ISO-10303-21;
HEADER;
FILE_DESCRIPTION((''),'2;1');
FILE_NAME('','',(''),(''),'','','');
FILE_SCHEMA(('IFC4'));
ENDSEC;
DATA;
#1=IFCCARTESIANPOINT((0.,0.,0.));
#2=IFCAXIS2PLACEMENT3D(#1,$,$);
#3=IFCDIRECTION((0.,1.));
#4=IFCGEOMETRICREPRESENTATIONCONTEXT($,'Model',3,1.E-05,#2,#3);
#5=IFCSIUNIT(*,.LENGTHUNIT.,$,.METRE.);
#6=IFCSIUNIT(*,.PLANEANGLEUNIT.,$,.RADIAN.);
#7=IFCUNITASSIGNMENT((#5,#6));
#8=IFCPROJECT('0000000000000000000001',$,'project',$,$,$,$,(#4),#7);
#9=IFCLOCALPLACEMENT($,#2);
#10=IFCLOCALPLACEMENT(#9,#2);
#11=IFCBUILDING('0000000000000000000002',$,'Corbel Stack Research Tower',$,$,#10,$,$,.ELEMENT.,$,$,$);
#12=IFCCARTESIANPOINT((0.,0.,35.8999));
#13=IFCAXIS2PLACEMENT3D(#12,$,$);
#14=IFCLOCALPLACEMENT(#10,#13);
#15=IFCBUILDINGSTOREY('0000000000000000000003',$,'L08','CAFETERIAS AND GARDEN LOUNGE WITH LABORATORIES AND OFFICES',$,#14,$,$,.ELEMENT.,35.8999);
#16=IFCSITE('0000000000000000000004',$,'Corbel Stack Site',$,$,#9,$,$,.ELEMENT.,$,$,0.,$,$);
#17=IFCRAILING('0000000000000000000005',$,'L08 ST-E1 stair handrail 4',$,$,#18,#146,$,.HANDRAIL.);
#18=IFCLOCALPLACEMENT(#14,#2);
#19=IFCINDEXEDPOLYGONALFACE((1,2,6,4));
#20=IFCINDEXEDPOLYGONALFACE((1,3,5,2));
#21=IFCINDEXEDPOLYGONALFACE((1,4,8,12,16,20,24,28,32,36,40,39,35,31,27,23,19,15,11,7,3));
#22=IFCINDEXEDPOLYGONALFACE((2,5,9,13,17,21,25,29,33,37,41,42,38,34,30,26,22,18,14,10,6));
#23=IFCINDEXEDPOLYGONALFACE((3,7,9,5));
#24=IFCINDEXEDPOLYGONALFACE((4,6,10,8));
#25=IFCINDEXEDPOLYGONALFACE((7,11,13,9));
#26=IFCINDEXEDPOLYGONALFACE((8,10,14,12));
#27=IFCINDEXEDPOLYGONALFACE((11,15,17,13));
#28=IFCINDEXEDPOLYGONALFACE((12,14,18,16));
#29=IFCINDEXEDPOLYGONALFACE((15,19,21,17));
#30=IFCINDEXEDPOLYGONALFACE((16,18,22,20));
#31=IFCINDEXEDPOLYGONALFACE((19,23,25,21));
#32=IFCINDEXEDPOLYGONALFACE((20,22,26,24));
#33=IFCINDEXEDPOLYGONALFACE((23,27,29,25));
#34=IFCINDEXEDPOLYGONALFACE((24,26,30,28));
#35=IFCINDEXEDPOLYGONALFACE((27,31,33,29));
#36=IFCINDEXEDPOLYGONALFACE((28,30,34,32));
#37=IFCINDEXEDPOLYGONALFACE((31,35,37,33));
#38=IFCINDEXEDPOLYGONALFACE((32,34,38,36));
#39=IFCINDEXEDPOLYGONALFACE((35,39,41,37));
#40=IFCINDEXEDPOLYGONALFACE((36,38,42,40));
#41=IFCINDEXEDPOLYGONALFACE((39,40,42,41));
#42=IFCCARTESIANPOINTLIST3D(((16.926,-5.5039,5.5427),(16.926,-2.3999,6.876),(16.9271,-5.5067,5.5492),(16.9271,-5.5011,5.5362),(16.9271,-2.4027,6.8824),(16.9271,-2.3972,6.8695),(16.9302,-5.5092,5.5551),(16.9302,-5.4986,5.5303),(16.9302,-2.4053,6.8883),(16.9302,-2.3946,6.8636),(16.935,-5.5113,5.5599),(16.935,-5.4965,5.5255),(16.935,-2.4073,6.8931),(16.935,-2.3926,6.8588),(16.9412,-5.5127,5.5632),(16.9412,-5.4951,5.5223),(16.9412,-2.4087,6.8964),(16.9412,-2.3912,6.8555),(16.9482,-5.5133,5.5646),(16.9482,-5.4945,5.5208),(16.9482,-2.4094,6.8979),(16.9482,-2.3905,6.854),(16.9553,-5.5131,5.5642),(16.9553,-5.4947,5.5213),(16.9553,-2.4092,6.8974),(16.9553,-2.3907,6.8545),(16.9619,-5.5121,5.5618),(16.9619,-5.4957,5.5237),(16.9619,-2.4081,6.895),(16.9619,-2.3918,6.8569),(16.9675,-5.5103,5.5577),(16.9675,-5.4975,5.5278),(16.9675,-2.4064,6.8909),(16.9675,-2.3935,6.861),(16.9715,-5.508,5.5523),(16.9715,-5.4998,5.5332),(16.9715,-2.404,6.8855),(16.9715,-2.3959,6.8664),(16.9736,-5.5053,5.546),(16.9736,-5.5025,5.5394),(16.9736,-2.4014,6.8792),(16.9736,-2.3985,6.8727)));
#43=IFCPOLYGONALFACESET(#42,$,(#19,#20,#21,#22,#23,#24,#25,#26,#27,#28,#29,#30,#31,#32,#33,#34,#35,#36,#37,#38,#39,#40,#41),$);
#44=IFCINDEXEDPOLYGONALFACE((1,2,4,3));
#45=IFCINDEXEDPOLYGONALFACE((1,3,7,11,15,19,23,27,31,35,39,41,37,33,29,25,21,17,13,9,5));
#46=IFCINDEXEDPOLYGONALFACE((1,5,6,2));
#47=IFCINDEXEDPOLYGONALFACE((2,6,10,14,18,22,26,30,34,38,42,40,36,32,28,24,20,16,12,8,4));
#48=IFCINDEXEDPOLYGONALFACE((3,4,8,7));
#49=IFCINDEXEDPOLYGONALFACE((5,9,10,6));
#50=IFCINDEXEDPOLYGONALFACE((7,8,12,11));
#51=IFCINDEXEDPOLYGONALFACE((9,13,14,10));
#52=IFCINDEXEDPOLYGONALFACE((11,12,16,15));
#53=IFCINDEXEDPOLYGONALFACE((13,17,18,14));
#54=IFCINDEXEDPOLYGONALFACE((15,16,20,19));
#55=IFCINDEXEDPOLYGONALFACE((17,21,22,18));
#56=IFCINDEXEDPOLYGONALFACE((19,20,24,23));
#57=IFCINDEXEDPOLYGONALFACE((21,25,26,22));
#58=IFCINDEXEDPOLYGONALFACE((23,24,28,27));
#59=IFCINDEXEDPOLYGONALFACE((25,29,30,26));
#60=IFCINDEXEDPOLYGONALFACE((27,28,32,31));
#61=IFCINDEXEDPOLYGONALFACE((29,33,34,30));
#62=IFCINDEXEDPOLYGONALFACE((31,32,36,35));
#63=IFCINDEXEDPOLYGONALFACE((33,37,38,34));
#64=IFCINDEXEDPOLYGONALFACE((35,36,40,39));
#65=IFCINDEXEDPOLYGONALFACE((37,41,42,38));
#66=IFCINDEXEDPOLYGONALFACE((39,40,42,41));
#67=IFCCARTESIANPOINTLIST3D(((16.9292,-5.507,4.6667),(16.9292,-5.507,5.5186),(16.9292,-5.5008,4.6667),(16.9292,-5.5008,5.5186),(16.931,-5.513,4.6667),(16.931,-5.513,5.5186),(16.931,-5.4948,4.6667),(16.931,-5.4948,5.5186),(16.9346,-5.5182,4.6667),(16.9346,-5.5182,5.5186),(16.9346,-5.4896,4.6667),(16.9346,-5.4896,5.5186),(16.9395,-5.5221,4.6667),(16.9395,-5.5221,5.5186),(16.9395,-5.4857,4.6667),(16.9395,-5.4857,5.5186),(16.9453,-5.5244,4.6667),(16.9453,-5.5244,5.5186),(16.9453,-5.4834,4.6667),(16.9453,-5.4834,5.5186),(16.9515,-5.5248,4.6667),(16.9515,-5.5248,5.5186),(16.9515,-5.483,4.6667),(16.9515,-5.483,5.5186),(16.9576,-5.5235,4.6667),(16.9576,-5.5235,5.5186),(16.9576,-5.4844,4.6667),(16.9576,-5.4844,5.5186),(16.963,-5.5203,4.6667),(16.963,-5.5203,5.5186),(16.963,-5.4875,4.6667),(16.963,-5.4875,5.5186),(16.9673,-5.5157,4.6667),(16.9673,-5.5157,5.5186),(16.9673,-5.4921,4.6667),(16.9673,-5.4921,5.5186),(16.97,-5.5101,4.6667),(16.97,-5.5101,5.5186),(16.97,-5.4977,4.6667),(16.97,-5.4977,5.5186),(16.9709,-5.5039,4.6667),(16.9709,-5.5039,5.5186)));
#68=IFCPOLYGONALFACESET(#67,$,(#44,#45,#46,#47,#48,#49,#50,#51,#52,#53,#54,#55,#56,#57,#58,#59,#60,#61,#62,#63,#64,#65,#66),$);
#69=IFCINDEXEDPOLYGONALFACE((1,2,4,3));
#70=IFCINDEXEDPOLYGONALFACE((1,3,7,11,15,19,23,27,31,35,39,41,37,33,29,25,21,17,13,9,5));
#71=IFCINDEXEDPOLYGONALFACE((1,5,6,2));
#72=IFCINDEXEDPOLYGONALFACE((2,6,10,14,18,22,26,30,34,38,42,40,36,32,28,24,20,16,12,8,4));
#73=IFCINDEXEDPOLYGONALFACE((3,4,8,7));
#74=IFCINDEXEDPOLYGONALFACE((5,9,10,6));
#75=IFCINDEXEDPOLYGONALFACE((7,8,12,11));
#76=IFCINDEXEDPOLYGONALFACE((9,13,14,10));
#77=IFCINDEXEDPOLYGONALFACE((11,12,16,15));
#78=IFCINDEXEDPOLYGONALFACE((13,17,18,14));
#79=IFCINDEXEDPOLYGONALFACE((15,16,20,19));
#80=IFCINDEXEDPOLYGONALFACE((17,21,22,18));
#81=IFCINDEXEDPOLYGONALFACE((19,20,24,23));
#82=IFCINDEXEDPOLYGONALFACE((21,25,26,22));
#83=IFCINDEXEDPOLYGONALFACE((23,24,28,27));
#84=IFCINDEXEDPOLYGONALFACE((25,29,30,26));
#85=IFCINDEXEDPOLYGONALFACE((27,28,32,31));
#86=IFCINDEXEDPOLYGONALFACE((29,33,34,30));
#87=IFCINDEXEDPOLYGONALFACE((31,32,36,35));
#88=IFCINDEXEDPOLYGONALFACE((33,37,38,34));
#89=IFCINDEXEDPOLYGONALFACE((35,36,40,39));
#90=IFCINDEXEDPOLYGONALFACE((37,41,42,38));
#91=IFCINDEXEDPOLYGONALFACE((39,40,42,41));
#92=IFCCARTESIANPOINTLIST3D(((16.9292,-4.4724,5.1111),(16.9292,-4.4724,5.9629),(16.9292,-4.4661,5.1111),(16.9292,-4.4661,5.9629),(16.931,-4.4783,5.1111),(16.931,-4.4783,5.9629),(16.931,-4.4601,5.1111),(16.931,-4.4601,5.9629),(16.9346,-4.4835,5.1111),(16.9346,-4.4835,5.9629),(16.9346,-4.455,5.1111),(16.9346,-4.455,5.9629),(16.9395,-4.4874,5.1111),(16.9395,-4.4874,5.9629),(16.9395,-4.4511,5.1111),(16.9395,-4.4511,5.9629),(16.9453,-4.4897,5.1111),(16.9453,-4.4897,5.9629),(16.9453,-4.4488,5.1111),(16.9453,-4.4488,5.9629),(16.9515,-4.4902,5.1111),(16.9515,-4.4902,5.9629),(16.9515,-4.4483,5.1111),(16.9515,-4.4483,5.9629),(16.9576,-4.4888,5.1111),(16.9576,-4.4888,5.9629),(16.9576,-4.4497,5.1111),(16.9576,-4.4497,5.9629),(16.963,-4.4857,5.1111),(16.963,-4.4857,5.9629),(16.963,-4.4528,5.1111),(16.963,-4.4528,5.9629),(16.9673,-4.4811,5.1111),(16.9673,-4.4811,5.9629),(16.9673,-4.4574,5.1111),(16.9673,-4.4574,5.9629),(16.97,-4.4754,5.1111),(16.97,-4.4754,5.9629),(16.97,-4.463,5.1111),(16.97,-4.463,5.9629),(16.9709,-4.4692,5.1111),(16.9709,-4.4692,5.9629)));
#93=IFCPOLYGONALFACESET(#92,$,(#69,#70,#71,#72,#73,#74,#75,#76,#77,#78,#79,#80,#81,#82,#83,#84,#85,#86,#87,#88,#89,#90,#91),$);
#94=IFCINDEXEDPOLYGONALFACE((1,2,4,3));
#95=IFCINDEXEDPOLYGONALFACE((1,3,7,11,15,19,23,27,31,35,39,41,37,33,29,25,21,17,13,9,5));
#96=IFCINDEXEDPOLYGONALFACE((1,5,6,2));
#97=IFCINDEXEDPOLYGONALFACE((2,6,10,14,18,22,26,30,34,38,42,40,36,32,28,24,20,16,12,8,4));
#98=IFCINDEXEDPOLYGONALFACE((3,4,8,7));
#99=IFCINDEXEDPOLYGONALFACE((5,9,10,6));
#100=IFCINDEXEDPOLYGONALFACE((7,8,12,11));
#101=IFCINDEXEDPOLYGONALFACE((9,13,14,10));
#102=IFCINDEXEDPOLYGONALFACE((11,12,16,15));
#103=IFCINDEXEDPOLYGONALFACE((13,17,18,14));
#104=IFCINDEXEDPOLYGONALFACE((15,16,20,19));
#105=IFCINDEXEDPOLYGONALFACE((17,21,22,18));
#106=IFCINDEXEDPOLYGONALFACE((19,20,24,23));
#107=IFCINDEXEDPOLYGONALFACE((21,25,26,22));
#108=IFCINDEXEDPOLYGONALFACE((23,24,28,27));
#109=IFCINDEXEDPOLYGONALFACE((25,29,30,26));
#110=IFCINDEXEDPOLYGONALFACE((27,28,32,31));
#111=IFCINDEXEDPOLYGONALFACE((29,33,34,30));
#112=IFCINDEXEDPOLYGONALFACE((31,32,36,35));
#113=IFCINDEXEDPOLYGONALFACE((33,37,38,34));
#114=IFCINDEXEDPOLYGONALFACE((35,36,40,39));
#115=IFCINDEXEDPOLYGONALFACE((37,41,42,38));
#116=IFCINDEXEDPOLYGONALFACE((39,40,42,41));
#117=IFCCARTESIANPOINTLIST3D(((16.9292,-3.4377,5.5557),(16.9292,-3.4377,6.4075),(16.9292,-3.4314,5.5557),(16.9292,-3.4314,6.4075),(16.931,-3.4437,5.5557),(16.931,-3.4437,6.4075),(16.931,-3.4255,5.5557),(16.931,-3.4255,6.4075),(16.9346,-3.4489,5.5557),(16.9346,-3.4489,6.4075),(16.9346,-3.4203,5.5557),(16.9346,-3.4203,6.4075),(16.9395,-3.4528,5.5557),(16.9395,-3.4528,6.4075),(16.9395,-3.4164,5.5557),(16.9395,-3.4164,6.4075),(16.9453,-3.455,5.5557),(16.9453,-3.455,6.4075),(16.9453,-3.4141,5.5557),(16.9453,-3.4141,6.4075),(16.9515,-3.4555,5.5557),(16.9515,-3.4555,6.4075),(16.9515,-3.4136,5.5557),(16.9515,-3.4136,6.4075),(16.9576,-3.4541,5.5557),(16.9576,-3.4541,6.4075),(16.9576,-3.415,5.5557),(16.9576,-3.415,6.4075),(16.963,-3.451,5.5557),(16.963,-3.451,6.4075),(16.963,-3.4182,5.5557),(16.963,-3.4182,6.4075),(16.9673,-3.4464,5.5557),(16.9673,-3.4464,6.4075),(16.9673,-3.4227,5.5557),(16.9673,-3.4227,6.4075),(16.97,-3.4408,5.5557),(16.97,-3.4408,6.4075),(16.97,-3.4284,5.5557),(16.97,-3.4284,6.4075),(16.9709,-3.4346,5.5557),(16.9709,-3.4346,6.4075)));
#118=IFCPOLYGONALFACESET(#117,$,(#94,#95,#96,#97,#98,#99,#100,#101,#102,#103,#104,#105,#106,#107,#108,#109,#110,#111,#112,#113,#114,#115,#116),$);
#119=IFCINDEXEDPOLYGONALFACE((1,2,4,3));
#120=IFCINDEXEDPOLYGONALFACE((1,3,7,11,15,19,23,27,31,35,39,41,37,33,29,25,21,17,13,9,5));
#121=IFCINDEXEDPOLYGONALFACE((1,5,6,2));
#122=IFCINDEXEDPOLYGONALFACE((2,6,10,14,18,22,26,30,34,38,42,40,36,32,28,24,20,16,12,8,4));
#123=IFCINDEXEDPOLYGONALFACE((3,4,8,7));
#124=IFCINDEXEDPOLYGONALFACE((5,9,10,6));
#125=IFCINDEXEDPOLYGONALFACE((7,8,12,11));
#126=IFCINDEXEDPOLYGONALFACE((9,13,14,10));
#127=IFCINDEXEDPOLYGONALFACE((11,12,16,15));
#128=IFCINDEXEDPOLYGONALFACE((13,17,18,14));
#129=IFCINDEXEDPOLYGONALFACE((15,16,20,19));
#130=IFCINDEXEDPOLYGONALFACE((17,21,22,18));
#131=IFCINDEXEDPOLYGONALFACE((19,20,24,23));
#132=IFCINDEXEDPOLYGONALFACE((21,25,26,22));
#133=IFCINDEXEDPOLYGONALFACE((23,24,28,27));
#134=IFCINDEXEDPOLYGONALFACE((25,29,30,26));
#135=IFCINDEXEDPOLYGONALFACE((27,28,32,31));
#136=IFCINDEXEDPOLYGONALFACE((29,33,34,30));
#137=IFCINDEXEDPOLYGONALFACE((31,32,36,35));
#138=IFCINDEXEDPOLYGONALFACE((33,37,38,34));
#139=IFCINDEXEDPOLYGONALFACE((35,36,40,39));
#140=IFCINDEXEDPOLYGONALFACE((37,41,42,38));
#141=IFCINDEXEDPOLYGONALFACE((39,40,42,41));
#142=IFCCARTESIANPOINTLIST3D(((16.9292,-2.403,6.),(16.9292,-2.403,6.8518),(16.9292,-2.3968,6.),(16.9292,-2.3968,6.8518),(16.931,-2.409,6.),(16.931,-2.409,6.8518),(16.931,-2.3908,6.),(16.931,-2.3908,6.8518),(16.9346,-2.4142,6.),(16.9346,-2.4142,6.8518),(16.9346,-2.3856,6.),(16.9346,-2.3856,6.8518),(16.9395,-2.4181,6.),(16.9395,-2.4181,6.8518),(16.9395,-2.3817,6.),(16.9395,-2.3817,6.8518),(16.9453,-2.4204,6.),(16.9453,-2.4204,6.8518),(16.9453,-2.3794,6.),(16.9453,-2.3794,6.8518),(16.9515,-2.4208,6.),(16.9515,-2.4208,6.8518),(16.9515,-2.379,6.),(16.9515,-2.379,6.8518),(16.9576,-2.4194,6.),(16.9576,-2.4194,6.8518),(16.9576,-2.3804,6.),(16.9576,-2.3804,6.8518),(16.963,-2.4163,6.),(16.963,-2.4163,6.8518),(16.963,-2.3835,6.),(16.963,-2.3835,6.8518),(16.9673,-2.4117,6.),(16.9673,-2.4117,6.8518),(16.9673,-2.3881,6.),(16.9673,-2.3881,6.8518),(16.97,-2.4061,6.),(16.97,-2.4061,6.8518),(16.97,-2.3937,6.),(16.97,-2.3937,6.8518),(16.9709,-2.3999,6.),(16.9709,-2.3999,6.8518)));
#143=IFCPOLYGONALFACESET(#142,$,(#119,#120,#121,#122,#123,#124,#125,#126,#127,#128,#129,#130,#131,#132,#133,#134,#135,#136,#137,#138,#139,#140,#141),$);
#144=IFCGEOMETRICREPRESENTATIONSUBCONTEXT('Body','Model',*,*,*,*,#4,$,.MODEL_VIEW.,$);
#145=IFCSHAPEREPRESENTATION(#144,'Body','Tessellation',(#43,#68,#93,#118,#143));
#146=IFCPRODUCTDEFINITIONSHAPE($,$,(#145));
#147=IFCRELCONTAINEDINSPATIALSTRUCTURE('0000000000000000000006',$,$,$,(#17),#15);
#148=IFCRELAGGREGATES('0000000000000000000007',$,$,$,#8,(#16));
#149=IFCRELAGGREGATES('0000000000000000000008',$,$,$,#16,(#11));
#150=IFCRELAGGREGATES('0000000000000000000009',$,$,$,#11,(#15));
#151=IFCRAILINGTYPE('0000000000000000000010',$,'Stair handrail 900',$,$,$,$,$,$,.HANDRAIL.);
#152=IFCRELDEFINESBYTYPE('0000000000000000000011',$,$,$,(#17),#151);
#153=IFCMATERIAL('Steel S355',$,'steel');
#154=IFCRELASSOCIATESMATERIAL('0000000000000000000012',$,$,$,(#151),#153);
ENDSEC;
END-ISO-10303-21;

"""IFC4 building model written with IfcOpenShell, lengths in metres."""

from ifc_helpers import new_model, si_unit, direction, frame, origin, origin_2d, place, context, subcontext, project, spatial, circle, extrude, material, type_object, element, save


model = new_model("IFC4")

# Units and contexts
model_context = context("Model", 3, precision=1e-05, world=origin(), true_north=direction((0.0, 1.0)))
body_context = subcontext(model_context, "Body", "Model", "MODEL_VIEW")
ifc_project = project(units=[si_unit("LENGTHUNIT", "METRE"), si_unit("PLANEANGLEUNIT", "RADIAN")], contexts=[model_context])

# Site, building, storey
site_placement = place(None, origin())
site = spatial("IfcSite", under=ifc_project, at=site_placement, Name="Corbel Stack Site", CompositionType="ELEMENT", RefElevation=0.0)
building_placement = place(site_placement, origin())
building = spatial("IfcBuilding", under=site, at=building_placement, Name="Corbel Stack Research Tower", CompositionType="ELEMENT")
storey_placement = place(building_placement, frame((0.0, 0.0, 35.8999)))
storey = spatial("IfcBuildingStorey", under=building, at=storey_placement, Name="L08", Description="CAFETERIAS AND GARDEN LOUNGE WITH LABORATORIES AND OFFICES", CompositionType="ELEMENT", Elevation=35.8999)

# Railing
ifc_material_1 = material(Name="Steel S355", Category="steel")
railing_type_1 = type_object("IfcRailingType", Name="Stair handrail 900", PredefinedType="HANDRAIL", material=ifc_material_1)
railing_1_placement = place(storey_placement, frame((16.95, -5.5039, 4.6667)))
element("IfcRailing", 1, at=railing_1_placement, inside=storey, type_object=railing_type_1, Name="L08 ST-E1 stair handrail 4", PredefinedType="HANDRAIL", context=body_context, shape_type="SweptSolid", body=[
    extrude(circle(Radius=0.0239, at=origin_2d()), frame((0.0, 0.0, 0.876), z_axis=(0.0, 0.918827, 0.394661), x_axis=(-1.0, 0.0, 0.0)), (0.0, 0.0, 1.0), 3.3782),
    extrude(circle(Radius=0.021, at=origin_2d()), origin(), (0.0, 0.0, 1.0), 0.8518),
    extrude(circle(Radius=0.021, at=origin_2d()), frame((0.0, 1.0347, 0.4443)), (0.0, 0.0, 1.0), 0.8518),
    extrude(circle(Radius=0.021, at=origin_2d()), frame((0.0, 2.0693, 0.8889)), (0.0, 0.0, 1.0), 0.8518),
    extrude(circle(Radius=0.021, at=origin_2d()), frame((0.0, 3.104, 1.3333)), (0.0, 0.0, 1.0), 0.8518),
])

save(model, "model.ifc")
